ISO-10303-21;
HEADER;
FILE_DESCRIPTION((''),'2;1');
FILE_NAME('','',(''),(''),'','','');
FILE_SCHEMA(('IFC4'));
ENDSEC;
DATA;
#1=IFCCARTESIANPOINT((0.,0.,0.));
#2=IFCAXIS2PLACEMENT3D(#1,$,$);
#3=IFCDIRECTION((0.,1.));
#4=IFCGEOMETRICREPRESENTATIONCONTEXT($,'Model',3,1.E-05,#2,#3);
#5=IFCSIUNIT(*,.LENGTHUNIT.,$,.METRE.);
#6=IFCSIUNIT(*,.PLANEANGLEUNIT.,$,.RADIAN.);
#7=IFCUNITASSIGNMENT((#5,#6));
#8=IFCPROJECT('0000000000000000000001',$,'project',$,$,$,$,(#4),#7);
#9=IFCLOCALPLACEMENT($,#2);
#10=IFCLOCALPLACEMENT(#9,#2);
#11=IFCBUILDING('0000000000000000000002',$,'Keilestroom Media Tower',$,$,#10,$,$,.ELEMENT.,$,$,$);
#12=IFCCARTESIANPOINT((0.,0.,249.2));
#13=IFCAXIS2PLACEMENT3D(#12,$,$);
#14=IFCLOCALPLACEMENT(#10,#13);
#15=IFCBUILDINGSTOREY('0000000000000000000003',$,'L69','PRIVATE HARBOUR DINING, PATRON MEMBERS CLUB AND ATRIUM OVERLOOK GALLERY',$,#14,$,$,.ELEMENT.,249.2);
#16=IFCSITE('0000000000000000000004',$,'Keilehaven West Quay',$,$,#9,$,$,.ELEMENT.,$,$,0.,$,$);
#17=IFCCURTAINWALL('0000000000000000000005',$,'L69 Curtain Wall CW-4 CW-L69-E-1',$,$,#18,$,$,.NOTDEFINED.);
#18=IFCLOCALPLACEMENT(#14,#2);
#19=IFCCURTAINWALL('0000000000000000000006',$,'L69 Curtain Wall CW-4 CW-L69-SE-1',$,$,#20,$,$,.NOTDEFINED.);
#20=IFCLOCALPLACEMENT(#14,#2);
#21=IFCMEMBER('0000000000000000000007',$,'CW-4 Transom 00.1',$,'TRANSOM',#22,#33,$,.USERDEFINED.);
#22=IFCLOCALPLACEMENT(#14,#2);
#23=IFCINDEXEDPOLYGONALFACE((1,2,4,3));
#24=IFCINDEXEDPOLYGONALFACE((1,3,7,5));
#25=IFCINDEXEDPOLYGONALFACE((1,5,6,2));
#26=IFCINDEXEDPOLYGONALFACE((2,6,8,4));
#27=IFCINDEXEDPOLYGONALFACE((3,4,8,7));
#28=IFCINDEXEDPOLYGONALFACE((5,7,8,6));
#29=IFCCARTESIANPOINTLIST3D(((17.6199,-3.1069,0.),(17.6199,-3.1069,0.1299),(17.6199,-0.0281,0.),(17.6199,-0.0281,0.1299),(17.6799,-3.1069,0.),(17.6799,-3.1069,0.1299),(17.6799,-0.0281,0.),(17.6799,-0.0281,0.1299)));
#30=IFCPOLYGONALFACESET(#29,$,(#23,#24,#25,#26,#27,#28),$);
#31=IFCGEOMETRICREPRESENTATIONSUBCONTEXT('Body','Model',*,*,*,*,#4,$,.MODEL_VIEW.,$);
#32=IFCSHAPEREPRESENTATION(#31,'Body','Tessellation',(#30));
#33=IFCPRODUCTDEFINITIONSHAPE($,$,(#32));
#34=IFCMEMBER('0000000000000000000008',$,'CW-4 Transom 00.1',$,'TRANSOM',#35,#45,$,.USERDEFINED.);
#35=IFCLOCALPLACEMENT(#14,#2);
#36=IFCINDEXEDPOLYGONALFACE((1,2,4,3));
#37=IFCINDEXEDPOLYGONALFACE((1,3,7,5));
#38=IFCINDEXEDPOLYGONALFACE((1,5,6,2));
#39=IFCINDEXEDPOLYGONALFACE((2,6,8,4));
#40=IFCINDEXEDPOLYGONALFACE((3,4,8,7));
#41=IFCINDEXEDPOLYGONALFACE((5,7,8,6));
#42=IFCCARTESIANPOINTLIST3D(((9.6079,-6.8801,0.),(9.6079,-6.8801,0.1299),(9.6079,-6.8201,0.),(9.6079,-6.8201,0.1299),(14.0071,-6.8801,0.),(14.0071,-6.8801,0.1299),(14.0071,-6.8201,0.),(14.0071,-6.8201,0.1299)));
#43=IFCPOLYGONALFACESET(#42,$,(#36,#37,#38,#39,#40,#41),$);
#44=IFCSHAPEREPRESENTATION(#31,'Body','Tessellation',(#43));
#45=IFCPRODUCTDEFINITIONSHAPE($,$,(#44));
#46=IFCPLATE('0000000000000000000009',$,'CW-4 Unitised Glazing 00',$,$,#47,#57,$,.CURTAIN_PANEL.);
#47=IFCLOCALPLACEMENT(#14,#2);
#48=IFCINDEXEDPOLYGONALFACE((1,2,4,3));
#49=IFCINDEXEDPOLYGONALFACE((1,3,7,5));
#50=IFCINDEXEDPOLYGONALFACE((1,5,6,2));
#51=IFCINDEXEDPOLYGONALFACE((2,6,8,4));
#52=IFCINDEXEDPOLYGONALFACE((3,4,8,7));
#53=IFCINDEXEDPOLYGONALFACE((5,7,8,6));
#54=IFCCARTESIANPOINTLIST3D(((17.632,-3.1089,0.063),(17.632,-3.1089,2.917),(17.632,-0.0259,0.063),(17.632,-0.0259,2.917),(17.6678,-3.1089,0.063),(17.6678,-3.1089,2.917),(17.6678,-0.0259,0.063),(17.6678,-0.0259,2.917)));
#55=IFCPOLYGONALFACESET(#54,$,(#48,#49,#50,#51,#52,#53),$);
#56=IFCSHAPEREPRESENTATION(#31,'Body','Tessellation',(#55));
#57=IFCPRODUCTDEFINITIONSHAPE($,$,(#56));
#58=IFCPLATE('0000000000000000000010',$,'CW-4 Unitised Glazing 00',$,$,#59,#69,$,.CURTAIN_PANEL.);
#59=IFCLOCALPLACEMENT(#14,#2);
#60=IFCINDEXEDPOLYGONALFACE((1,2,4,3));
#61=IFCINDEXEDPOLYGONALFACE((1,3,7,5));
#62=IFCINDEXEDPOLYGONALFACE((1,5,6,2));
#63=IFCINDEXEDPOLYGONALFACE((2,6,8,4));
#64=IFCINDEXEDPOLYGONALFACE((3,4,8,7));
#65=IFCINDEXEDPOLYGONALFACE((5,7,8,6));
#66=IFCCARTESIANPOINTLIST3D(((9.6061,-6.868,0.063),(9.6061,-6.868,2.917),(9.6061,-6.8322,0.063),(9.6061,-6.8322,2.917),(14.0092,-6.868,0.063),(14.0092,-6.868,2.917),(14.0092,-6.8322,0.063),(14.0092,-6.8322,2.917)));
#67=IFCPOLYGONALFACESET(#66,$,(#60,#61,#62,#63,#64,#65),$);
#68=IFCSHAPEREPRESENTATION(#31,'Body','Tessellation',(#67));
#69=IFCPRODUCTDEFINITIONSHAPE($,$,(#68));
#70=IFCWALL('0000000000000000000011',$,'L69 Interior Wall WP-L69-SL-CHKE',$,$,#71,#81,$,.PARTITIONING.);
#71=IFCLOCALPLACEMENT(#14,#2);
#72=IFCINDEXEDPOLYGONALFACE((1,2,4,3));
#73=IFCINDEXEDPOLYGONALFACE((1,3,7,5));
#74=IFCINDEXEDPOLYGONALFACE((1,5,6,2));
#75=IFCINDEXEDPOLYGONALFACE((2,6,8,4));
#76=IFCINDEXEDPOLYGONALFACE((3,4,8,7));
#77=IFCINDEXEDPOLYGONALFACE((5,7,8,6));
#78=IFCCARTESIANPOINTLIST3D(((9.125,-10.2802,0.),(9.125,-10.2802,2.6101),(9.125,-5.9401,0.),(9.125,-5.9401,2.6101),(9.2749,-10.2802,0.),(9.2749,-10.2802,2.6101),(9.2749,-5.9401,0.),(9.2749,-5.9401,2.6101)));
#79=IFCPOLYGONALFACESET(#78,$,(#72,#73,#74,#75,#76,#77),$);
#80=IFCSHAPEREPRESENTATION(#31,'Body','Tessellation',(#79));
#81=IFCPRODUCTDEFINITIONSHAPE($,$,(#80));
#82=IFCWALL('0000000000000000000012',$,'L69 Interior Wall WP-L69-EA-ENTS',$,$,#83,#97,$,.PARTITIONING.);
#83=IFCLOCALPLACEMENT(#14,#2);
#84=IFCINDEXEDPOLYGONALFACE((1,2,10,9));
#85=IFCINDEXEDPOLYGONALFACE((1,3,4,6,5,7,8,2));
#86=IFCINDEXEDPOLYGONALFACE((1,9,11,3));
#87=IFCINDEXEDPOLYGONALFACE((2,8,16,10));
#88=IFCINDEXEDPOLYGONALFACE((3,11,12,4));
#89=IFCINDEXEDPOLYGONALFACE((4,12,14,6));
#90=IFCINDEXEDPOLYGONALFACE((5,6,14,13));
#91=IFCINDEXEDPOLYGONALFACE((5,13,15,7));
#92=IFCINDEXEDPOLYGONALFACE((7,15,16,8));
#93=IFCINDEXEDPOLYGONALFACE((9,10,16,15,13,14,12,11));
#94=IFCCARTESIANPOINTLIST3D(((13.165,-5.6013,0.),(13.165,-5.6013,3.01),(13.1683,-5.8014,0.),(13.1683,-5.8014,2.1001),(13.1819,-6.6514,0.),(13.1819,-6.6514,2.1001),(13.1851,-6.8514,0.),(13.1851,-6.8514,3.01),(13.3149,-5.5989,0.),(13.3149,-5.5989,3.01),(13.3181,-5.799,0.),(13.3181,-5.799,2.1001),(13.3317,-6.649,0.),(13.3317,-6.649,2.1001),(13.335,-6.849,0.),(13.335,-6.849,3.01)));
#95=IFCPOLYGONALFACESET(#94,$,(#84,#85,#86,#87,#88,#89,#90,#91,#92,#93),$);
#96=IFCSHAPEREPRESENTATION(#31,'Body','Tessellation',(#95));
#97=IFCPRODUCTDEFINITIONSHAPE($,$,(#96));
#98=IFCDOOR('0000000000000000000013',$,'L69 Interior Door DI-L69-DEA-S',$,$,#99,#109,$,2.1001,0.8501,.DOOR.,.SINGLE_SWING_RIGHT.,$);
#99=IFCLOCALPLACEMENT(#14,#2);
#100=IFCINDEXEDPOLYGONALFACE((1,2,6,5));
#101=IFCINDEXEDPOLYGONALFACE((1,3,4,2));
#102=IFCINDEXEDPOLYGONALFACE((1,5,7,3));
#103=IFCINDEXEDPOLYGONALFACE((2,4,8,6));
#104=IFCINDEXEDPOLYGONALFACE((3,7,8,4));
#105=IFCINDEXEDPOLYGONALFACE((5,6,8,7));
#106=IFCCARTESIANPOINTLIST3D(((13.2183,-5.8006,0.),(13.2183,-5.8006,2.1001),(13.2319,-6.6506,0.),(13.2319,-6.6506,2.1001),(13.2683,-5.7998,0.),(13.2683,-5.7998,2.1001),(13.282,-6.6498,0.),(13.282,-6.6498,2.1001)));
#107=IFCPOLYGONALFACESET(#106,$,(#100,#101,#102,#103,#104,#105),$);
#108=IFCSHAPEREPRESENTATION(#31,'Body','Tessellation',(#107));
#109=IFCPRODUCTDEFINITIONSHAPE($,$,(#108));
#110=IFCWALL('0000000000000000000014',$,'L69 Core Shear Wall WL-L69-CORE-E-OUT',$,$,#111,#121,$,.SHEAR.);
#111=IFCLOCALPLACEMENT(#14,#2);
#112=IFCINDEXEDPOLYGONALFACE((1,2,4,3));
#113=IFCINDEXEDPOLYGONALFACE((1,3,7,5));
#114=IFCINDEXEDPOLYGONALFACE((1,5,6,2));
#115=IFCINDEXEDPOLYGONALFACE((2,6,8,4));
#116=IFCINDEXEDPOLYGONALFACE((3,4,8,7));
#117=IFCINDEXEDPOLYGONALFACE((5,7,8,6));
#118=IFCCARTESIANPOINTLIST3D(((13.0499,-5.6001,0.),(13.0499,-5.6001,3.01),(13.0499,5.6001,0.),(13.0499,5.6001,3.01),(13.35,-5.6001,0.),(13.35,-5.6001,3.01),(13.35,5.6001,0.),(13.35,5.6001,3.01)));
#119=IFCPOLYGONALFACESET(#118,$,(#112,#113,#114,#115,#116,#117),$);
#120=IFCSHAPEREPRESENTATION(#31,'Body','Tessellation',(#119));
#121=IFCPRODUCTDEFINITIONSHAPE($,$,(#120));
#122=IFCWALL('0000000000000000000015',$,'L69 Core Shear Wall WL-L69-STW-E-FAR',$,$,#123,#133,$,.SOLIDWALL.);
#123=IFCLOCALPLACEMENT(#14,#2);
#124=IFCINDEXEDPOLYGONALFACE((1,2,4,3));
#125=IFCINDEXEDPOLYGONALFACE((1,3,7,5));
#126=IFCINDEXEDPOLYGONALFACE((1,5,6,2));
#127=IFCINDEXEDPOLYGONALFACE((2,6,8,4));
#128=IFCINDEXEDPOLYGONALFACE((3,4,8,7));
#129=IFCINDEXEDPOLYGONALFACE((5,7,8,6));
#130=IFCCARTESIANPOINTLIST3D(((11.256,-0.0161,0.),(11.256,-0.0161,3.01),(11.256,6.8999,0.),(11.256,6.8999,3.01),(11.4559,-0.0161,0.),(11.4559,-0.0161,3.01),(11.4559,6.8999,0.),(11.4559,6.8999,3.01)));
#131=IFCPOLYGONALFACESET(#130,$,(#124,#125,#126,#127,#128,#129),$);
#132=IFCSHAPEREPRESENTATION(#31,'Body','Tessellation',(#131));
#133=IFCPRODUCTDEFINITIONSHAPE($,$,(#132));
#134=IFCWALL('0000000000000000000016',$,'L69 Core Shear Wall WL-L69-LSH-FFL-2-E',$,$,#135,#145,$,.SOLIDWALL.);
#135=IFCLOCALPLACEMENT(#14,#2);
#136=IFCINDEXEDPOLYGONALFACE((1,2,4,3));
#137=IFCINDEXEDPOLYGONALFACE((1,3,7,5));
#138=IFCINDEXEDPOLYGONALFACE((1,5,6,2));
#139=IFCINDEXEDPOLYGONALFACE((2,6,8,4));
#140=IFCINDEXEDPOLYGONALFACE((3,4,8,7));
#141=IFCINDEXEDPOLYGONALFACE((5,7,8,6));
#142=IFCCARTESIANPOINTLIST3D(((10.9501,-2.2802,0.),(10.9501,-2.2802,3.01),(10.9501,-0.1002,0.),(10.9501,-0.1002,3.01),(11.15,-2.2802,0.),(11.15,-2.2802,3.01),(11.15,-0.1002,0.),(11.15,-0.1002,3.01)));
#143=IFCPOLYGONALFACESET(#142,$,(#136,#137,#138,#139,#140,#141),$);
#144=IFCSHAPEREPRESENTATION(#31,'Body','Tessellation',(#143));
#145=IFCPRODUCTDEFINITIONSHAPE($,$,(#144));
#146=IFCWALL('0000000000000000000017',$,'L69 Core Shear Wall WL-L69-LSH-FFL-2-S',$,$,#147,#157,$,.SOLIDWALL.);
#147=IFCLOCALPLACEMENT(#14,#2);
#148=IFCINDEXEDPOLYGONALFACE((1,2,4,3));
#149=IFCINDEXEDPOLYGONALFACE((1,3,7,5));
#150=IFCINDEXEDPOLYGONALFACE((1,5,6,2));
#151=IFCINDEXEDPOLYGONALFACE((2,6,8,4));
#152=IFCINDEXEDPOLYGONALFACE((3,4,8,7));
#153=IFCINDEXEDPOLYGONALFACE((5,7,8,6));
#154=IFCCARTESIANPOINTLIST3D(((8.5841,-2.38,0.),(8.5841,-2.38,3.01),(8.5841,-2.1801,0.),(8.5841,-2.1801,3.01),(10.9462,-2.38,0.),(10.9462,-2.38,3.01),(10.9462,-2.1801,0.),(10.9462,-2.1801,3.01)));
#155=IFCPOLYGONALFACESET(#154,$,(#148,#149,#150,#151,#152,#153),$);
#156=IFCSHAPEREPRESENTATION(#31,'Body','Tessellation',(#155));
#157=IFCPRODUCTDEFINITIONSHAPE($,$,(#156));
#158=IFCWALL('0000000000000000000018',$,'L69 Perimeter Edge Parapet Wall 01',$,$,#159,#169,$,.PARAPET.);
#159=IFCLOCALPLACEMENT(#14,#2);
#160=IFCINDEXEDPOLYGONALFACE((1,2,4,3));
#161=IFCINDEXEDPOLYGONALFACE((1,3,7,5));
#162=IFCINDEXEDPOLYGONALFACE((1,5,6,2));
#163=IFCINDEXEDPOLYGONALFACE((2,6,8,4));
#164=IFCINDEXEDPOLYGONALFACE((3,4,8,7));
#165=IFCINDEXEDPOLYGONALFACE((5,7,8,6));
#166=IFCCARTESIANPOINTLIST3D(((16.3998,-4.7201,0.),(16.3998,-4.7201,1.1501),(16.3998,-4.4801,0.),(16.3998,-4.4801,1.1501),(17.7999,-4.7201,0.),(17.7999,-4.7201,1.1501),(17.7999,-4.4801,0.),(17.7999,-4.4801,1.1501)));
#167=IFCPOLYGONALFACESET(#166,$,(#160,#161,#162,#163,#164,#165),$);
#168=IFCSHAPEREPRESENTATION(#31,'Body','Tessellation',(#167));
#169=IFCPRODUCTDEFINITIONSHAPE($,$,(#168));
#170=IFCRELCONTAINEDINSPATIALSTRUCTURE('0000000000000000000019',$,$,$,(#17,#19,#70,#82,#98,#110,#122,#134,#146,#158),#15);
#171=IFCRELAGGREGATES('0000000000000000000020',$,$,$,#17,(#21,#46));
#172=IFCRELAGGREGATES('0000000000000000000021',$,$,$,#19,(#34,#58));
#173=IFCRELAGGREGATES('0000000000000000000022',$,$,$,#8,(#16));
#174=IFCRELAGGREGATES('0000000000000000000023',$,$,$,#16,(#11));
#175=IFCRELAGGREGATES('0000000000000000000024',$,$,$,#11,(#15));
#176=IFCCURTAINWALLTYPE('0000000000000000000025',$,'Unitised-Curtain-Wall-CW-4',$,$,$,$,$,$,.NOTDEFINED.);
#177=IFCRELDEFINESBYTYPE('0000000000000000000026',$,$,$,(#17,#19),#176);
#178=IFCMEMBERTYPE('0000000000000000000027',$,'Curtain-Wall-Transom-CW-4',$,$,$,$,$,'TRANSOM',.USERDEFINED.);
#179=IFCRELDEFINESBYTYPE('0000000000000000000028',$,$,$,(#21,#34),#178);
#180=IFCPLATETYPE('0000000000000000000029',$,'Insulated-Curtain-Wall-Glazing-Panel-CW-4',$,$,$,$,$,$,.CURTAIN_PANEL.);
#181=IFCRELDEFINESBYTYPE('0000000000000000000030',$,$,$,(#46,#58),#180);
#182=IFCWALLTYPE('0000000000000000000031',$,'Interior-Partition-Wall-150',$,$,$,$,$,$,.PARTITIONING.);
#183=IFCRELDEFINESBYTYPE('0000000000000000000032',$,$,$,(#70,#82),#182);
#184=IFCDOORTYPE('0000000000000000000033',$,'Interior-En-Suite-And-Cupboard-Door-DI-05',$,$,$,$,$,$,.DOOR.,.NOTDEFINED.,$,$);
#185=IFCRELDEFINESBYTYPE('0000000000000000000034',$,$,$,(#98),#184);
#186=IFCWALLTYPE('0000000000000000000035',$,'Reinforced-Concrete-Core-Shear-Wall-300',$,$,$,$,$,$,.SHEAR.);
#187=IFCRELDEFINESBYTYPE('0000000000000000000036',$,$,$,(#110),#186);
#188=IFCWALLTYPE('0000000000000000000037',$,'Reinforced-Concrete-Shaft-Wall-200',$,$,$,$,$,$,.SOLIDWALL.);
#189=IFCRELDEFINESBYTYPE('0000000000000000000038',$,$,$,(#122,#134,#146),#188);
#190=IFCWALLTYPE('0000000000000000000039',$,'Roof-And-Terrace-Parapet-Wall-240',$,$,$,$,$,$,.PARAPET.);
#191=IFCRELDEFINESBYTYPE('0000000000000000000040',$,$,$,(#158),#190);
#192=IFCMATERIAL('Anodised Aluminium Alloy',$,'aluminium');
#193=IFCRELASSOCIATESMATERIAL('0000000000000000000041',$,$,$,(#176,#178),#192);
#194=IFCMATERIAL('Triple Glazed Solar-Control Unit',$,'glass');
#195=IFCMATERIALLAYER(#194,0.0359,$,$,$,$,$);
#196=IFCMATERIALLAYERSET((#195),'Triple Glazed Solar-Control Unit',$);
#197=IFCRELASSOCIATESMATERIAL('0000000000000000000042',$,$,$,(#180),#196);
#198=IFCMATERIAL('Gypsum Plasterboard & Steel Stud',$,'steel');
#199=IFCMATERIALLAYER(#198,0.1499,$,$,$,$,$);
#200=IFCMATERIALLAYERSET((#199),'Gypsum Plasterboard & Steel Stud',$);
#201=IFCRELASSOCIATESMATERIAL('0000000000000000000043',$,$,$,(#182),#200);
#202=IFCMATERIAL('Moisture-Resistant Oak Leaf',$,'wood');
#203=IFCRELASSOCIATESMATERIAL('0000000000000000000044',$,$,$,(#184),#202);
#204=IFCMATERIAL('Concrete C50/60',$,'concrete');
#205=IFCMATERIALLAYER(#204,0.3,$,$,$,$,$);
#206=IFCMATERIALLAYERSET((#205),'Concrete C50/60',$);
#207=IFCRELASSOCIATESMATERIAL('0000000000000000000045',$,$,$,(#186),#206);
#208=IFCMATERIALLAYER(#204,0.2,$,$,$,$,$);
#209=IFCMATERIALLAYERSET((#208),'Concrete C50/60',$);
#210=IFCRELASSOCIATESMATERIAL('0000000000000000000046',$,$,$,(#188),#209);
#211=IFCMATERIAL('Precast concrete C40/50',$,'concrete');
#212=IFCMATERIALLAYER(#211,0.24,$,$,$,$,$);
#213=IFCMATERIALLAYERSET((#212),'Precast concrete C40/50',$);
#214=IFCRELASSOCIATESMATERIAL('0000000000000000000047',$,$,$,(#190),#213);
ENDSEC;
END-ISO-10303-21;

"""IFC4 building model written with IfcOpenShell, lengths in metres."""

from ifc_helpers import new_model, si_unit, direction, frame, frame_2d, origin, origin_2d, place, context, subcontext, project, spatial, rectangle, extrude, source, transform, mapped, material, layer, layer_set, material_profile, profile_set, type_object, element, fill, aggregate, save


model = new_model("IFC4")

# Units and contexts
model_context = context("Model", 3, precision=1e-05, world=origin(), true_north=direction((0.0, 1.0)))
body_context = subcontext(model_context, "Body", "Model", "MODEL_VIEW")
ifc_project = project(units=[si_unit("LENGTHUNIT", "METRE"), si_unit("PLANEANGLEUNIT", "RADIAN")], contexts=[model_context])

# Site, building, storey
site_placement = place(None, origin())
site = spatial("IfcSite", under=ifc_project, at=site_placement, Name="Keilehaven West Quay", CompositionType="ELEMENT", RefElevation=0.0)
building_placement = place(site_placement, origin())
building = spatial("IfcBuilding", under=site, at=building_placement, Name="Keilestroom Media Tower", CompositionType="ELEMENT")
storey_placement = place(building_placement, frame((0.0, 0.0, 249.2)))
storey = spatial("IfcBuildingStorey", under=building, at=storey_placement, Name="L69", Description="PRIVATE HARBOUR DINING, PATRON MEMBERS CLUB AND ATRIUM OVERLOOK GALLERY", CompositionType="ELEMENT", Elevation=249.2)

# Shared definitions
ifc_material_1 = material(Name="Precast concrete C40/50", Category="concrete")
ifc_material_2 = material(Name="Concrete C50/60", Category="concrete")

# Curtain wall
ifc_material_3 = material(Name="Anodised Aluminium Alloy", Category="aluminium")
curtain_wall_type = type_object("IfcCurtainWallType", Name="Unitised-Curtain-Wall-CW-4", PredefinedType="NOTDEFINED", material=ifc_material_3)
curtain_wall_1_placement = place(storey_placement, origin())
curtain_wall_1 = element("IfcCurtainWall", 1, at=curtain_wall_1_placement, inside=storey, type_object=curtain_wall_type, Name="L69 Curtain Wall CW-4 CW-L69-E-1", PredefinedType="NOTDEFINED")

# Curtain wall
curtain_wall_2_placement = place(storey_placement, origin())
curtain_wall_2 = element("IfcCurtainWall", 2, at=curtain_wall_2_placement, inside=storey, type_object=curtain_wall_type, Name="L69 Curtain Wall CW-4 CW-L69-SE-1", PredefinedType="NOTDEFINED")

# Members
ifc_material_profile_1 = material_profile(ifc_material_3, rectangle(XDim=0.0601, YDim=0.1299, at=origin_2d()), Name="ALU TRANSOM 60x130")
ifc_profile_set_1 = profile_set([ifc_material_profile_1], Name="Anodised Aluminium Alloy")
member_type_1 = type_object("IfcMemberType", Name="Curtain-Wall-Transom-CW-4", ElementType="TRANSOM", PredefinedType="USERDEFINED", material=ifc_profile_set_1)
shared_shape_1 = source(origin(), body_context, "Body", "SweptSolid", [
    extrude(rectangle(XDim=0.0601, YDim=0.1299, at=origin_2d()), origin(), (0.0, 0.0, 1.0), 3.0789),
])
member_1_placement = place(storey_placement, frame((17.6499, -3.1069, 0.0649), z_axis=(0.0, 1.0, 0.0), x_axis=(-1.0, 0.0, 0.0)))
member_1 = element("IfcMember", 3, at=member_1_placement, type_object=member_type_1, Name="CW-4 Transom 00.1", ObjectType="TRANSOM", PredefinedType="USERDEFINED", context=body_context, shape_type="MappedRepresentation", body=[
    mapped(shared_shape_1, transform((0.0, 0.0, 0.0), x_axis=(1.0, 0.0, 0.0), y_axis=(0.0, 1.0, 0.0), z_axis=(0.0, 0.0, 1.0), scale=1.0)),
])
shared_shape_2 = source(origin(), body_context, "Body", "SweptSolid", [
    extrude(rectangle(XDim=0.0601, YDim=0.1299, at=origin_2d()), origin(), (0.0, 0.0, 1.0), 4.3992),
])
member_2_placement = place(storey_placement, frame((9.6079, -6.8501, 0.0649), z_axis=(1.0, 0.0, 0.0), x_axis=(0.0, 1.0, 0.0)))
member_2 = element("IfcMember", 4, at=member_2_placement, type_object=member_type_1, Name="CW-4 Transom 00.1", ObjectType="TRANSOM", PredefinedType="USERDEFINED", context=body_context, shape_type="MappedRepresentation", body=[
    mapped(shared_shape_2, transform((0.0, 0.0, 0.0), x_axis=(1.0, 0.0, 0.0), y_axis=(0.0, 1.0, 0.0), z_axis=(0.0, 0.0, 1.0), scale=1.0)),
])

# Plates
ifc_material_4 = material(Name="Triple Glazed Solar-Control Unit", Category="glass")
ifc_layer_1 = layer(ifc_material_4, 0.0359)
ifc_layer_set_1 = layer_set([ifc_layer_1], Name="Triple Glazed Solar-Control Unit")
plate_type = type_object("IfcPlateType", Name="Insulated-Curtain-Wall-Glazing-Panel-CW-4", PredefinedType="CURTAIN_PANEL", material=ifc_layer_set_1)
shared_shape_3 = source(origin(), body_context, "Body", "SweptSolid", [
    extrude(rectangle(XDim=3.083, YDim=0.0359, at=origin_2d()), origin(), (0.0, 0.0, 1.0), 2.854),
])
plate_1_placement = place(storey_placement, frame((17.6499, -1.5674, 0.063), z_axis=(0.0, 0.0, 1.0), x_axis=(0.0, 1.0, 0.0)))
plate_1 = element("IfcPlate", 5, at=plate_1_placement, type_object=plate_type, Name="CW-4 Unitised Glazing 00", PredefinedType="CURTAIN_PANEL", context=body_context, shape_type="MappedRepresentation", body=[
    mapped(shared_shape_3, transform((0.0, 0.0, 0.0), x_axis=(1.0, 0.0, 0.0), y_axis=(0.0, 1.0, 0.0), z_axis=(0.0, 0.0, 1.0), scale=1.0)),
])
aggregate(curtain_wall_1, [member_1, plate_1])
shared_shape_4 = source(origin(), body_context, "Body", "SweptSolid", [
    extrude(rectangle(XDim=4.4031, YDim=0.0359, at=origin_2d()), origin(), (0.0, 0.0, 1.0), 2.854),
])
plate_2_placement = place(storey_placement, frame((11.8076, -6.8501, 0.063), z_axis=(0.0, 0.0, 1.0), x_axis=(1.0, 0.0, 0.0)))
plate_2 = element("IfcPlate", 6, at=plate_2_placement, type_object=plate_type, Name="CW-4 Unitised Glazing 00", PredefinedType="CURTAIN_PANEL", context=body_context, shape_type="MappedRepresentation", body=[
    mapped(shared_shape_4, transform((0.0, 0.0, 0.0), x_axis=(1.0, 0.0, 0.0), y_axis=(0.0, 1.0, 0.0), z_axis=(0.0, 0.0, 1.0), scale=1.0)),
])
aggregate(curtain_wall_2, [member_2, plate_2])

# Wall
ifc_material_5 = material(Name="Gypsum Plasterboard & Steel Stud", Category="steel")
ifc_layer_2 = layer(ifc_material_5, 0.1499)
ifc_layer_set_2 = layer_set([ifc_layer_2], Name="Gypsum Plasterboard & Steel Stud")
wall_type_1 = type_object("IfcWallType", Name="Interior-Partition-Wall-150", PredefinedType="PARTITIONING", material=ifc_layer_set_2)
wall_1_placement = place(storey_placement, frame((9.2, -10.28, 0.0), z_axis=(0.0, 0.0, 1.0), x_axis=(0.0, 1.0, 0.0)))
element("IfcWall", 7, at=wall_1_placement, inside=storey, type_object=wall_type_1, Name="L69 Interior Wall WP-L69-SL-CHKE", PredefinedType="PARTITIONING", context=body_context, shape_type="SweptSolid", body=[
    extrude(rectangle(XDim=4.3401, YDim=0.1499, at=frame_2d((2.1699, 0.0))), origin(), (0.0, 0.0, 1.0), 2.6101),
])

# Wall, opening, door
wall_2_placement = place(storey_placement, frame((13.26, -6.8501, 0.0), z_axis=(0.0, 0.0, 1.0), x_axis=(-0.016014, 0.999872, 0.0)))
wall_2 = element("IfcWall", 8, at=wall_2_placement, inside=storey, type_object=wall_type_1, Name="L69 Interior Wall WP-L69-EA-ENTS", PredefinedType="PARTITIONING", context=body_context, shape_type="SweptSolid", body=[
    extrude(rectangle(XDim=1.2502, YDim=0.1499, at=frame_2d((0.625, 0.0))), origin(), (0.0, 0.0, 1.0), 3.01),
])
opening_placement = place(wall_2_placement, frame((0.2, 0.0, 0.0)))
opening = element("IfcOpeningElement", 9, at=opening_placement, cuts=wall_2, PredefinedType="OPENING", context=body_context, shape_type="SweptSolid", body=[
    extrude(rectangle(XDim=0.8501, YDim=2.1001, at=frame_2d((0.425, 1.05))), frame((0.0, 0.085, 0.0), z_axis=(0.0, -1.0, 0.0), x_axis=(1.0, 0.0, 0.0)), (0.0, 0.0, 1.0), 0.1699),
])
ifc_material_6 = material(Name="Moisture-Resistant Oak Leaf", Category="wood")
door_type = type_object("IfcDoorType", Name="Interior-En-Suite-And-Cupboard-Door-DI-05", OperationType="NOTDEFINED", PredefinedType="DOOR", material=ifc_material_6)
shared_shape_5 = source(origin(), body_context, "Body", "SweptSolid", [
    extrude(rectangle(XDim=0.8501, YDim=2.1001, at=frame_2d((0.425, 1.05))), frame((0.0, 0.0249, 0.0), z_axis=(0.0, -1.0, 0.0), x_axis=(1.0, 0.0, 0.0)), (0.0, 0.0, 1.0), 0.05),
])
door_placement = place(opening_placement, origin())
door = element("IfcDoor", 10, at=door_placement, inside=storey, type_object=door_type, Name="L69 Interior Door DI-L69-DEA-S", OperationType="SINGLE_SWING_RIGHT", OverallHeight=2.1001, OverallWidth=0.8501, PredefinedType="DOOR", context=body_context, shape_type="MappedRepresentation", body=[
    mapped(shared_shape_5, transform((0.0, 0.0, 0.0), x_axis=(1.0, 0.0, 0.0), y_axis=(0.0, 1.0, 0.0), z_axis=(0.0, 0.0, 1.0), scale=1.0)),
])
fill(opening, door)

# Walls
ifc_layer_3 = layer(ifc_material_2, 0.3)
ifc_layer_set_3 = layer_set([ifc_layer_3], Name="Concrete C50/60")
wall_type_2 = type_object("IfcWallType", Name="Reinforced-Concrete-Core-Shear-Wall-300", PredefinedType="SHEAR", material=ifc_layer_set_3)
wall_3_placement = place(storey_placement, frame((13.2, -5.6001, 0.0), z_axis=(0.0, 0.0, 1.0), x_axis=(0.0, 1.0, 0.0)))
element("IfcWall", 11, at=wall_3_placement, inside=storey, type_object=wall_type_2, Name="L69 Core Shear Wall WL-L69-CORE-E-OUT", PredefinedType="SHEAR", context=body_context, shape_type="SweptSolid", body=[
    extrude(rectangle(XDim=11.2002, YDim=0.3, at=frame_2d((5.6001, 0.0))), origin(), (0.0, 0.0, 1.0), 3.01),
])
ifc_layer_4 = layer(ifc_material_2, 0.2)
ifc_layer_set_4 = layer_set([ifc_layer_4], Name="Concrete C50/60")
wall_type_3 = type_object("IfcWallType", Name="Reinforced-Concrete-Shaft-Wall-200", PredefinedType="SOLIDWALL", material=ifc_layer_set_4)
wall_4_placement = place(storey_placement, frame((11.356, -0.0161, 0.0), z_axis=(0.0, 0.0, 1.0), x_axis=(0.0, 1.0, 0.0)))
element("IfcWall", 12, at=wall_4_placement, inside=storey, type_object=wall_type_3, Name="L69 Core Shear Wall WL-L69-STW-E-FAR", PredefinedType="SOLIDWALL", context=body_context, shape_type="SweptSolid", body=[
    extrude(rectangle(XDim=6.916, YDim=0.2, at=frame_2d((3.458, 0.0))), origin(), (0.0, 0.0, 1.0), 3.01),
])
wall_5_placement = place(storey_placement, frame((11.05, -2.28, 0.0), z_axis=(0.0, 0.0, 1.0), x_axis=(0.0, 1.0, 0.0)))
element("IfcWall", 13, at=wall_5_placement, inside=storey, type_object=wall_type_3, Name="L69 Core Shear Wall WL-L69-LSH-FFL-2-E", PredefinedType="SOLIDWALL", context=body_context, shape_type="SweptSolid", body=[
    extrude(rectangle(XDim=2.1799, YDim=0.2, at=frame_2d((1.0898, 0.0))), origin(), (0.0, 0.0, 1.0), 3.01),
])
wall_6_placement = place(storey_placement, frame((8.584, -2.28, 0.0), z_axis=(0.0, 0.0, 1.0), x_axis=(1.0, 0.0, 0.0)))
element("IfcWall", 14, at=wall_6_placement, inside=storey, type_object=wall_type_3, Name="L69 Core Shear Wall WL-L69-LSH-FFL-2-S", PredefinedType="SOLIDWALL", context=body_context, shape_type="SweptSolid", body=[
    extrude(rectangle(XDim=2.3621, YDim=0.2, at=frame_2d((1.1812, 0.0))), origin(), (0.0, 0.0, 1.0), 3.01),
])
ifc_layer_5 = layer(ifc_material_1, 0.24)
ifc_layer_set_5 = layer_set([ifc_layer_5], Name="Precast concrete C40/50")
wall_type_4 = type_object("IfcWallType", Name="Roof-And-Terrace-Parapet-Wall-240", PredefinedType="PARAPET", material=ifc_layer_set_5)
wall_7_placement = place(storey_placement, frame((17.8, -4.6001, 0.0), z_axis=(0.0, 0.0, 1.0), x_axis=(-1.0, 0.0, 0.0)))
element("IfcWall", 15, at=wall_7_placement, inside=storey, type_object=wall_type_4, Name="L69 Perimeter Edge Parapet Wall 01", PredefinedType="PARAPET", context=body_context, shape_type="SweptSolid", body=[
    extrude(rectangle(XDim=1.4001, YDim=0.24, at=frame_2d((0.7002, 0.0))), origin(), (0.0, 0.0, 1.0), 1.1501),
])

save(model, "model.ifc")
